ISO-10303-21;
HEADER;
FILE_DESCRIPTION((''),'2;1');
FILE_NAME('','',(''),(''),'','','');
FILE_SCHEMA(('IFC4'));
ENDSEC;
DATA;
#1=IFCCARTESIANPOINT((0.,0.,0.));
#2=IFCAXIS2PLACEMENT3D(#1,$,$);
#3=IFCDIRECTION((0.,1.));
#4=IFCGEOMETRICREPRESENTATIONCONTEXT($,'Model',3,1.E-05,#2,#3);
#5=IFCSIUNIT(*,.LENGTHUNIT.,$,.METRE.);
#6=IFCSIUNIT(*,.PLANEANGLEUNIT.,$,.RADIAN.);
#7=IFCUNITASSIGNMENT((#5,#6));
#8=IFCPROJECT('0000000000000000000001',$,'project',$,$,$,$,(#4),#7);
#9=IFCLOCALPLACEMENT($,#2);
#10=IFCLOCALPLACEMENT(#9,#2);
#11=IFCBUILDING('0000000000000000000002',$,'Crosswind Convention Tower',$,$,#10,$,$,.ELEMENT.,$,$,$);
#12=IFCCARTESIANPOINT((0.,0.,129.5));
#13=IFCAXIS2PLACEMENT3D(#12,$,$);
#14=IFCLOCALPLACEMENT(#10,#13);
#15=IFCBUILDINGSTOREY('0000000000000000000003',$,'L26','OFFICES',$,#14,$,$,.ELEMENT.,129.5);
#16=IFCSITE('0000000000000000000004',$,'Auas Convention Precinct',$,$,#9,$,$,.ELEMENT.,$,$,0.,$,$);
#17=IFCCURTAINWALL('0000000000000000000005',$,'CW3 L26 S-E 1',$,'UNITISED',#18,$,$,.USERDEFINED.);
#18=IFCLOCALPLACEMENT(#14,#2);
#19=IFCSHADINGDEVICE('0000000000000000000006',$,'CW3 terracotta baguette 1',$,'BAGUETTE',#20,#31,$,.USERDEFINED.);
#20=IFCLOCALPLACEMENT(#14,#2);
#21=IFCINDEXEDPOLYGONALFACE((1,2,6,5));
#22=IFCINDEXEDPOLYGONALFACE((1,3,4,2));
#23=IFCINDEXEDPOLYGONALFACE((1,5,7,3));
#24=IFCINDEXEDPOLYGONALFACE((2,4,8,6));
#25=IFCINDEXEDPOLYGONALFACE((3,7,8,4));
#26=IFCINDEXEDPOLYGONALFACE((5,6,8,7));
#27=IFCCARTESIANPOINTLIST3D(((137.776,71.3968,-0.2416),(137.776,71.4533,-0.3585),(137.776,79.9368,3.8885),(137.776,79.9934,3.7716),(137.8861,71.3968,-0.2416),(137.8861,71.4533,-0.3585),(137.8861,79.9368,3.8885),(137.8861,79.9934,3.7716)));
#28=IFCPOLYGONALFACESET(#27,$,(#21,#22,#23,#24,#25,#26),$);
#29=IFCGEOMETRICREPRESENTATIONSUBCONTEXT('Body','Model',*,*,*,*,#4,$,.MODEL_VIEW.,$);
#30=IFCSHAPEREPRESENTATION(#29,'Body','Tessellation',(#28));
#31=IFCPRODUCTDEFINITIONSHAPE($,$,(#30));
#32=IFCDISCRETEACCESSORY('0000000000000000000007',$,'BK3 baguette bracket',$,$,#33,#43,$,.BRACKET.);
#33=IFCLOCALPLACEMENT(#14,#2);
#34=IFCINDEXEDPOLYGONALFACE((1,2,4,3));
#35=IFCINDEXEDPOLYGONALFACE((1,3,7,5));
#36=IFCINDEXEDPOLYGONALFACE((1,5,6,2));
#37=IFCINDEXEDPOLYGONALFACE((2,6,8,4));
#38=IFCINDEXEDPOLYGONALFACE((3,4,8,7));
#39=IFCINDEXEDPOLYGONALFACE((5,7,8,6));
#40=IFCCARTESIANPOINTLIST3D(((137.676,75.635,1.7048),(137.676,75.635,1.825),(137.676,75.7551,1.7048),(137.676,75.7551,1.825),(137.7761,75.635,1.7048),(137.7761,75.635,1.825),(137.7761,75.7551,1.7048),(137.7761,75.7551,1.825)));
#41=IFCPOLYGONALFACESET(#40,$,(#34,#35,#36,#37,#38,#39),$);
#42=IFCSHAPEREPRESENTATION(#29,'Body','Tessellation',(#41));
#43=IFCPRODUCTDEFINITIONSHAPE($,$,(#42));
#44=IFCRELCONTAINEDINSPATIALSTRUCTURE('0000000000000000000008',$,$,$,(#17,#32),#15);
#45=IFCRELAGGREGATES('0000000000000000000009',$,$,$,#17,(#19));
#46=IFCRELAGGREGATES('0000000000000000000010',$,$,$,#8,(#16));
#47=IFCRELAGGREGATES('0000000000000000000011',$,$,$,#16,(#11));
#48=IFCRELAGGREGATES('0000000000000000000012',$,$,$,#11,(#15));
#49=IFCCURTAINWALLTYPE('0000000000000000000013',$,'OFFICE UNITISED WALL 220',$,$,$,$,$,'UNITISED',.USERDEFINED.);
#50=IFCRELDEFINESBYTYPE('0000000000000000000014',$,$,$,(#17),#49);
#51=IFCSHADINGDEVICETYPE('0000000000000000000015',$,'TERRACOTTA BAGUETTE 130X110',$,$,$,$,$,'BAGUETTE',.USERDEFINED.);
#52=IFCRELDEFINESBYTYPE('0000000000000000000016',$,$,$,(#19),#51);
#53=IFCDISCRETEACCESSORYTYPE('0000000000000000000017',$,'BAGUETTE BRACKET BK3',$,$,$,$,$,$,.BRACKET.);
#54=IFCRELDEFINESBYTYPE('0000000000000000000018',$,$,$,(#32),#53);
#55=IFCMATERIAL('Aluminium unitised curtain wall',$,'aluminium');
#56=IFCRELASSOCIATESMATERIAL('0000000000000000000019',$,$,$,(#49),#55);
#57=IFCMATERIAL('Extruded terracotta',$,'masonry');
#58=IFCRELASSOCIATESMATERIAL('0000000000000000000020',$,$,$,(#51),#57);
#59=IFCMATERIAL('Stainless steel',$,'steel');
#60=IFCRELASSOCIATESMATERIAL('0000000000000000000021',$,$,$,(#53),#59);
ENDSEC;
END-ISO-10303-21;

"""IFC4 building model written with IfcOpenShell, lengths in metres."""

from ifc_helpers import new_model, si_unit, direction, frame, origin, origin_2d, place, context, subcontext, project, spatial, rectangle, extrude, material, material_profile, profile_set, type_object, element, aggregate, save


model = new_model("IFC4")

# Units and contexts
model_context = context("Model", 3, precision=1e-05, world=origin(), true_north=direction((0.0, 1.0)))
body_context = subcontext(model_context, "Body", "Model", "MODEL_VIEW")
ifc_project = project(units=[si_unit("LENGTHUNIT", "METRE"), si_unit("PLANEANGLEUNIT", "RADIAN")], contexts=[model_context])

# Site, building, storey
site_placement = place(None, origin())
site = spatial("IfcSite", under=ifc_project, at=site_placement, Name="Auas Convention Precinct", CompositionType="ELEMENT", RefElevation=0.0)
building_placement = place(site_placement, origin())
building = spatial("IfcBuilding", under=site, at=building_placement, Name="Crosswind Convention Tower", CompositionType="ELEMENT")
storey_placement = place(building_placement, frame((0.0, 0.0, 129.5)))
storey = spatial("IfcBuildingStorey", under=building, at=storey_placement, Name="L26", Description="OFFICES", CompositionType="ELEMENT", Elevation=129.5)

# Shared definitions
ifc_material_1 = material(Name="Aluminium unitised curtain wall", Category="aluminium")

# Curtain wall
curtain_wall_type_1 = type_object("IfcCurtainWallType", Name="OFFICE UNITISED WALL 220", ElementType="UNITISED", PredefinedType="USERDEFINED", material=ifc_material_1)
curtain_wall_1_placement = place(storey_placement, origin())
curtain_wall_1 = element("IfcCurtainWall", 1, at=curtain_wall_1_placement, inside=storey, type_object=curtain_wall_type_1, Name="CW3 L26 S-E 1", ObjectType="UNITISED", PredefinedType="USERDEFINED")

# Shading device
ifc_material_2 = material(Name="Extruded terracotta", Category="masonry")
ifc_material_profile_1 = material_profile(ifc_material_2, rectangle(XDim=0.1101, YDim=0.1299, at=origin_2d()), Name="TC 110X130")
ifc_profile_set_1 = profile_set([ifc_material_profile_1], Name="Extruded terracotta")
shading_device_type = type_object("IfcShadingDeviceType", Name="TERRACOTTA BAGUETTE 130X110", ElementType="BAGUETTE", PredefinedType="USERDEFINED", material=ifc_profile_set_1)
shading_device_1_placement = place(storey_placement, frame((137.8311, 71.425, -0.3), z_axis=(0.0, 0.900248, 0.435377), x_axis=(-1.0, 0.0, 0.0)))
shading_device_1 = element("IfcShadingDevice", 2, at=shading_device_1_placement, type_object=shading_device_type, Name="CW3 terracotta baguette 1", ObjectType="BAGUETTE", PredefinedType="USERDEFINED", context=body_context, shape_type="SweptSolid", body=[
    extrude(rectangle(XDim=0.1101, YDim=0.1299, at=origin_2d()), origin(), (0.0, 0.0, 1.0), 9.4863),
])
aggregate(curtain_wall_1, [shading_device_1])

# Discrete accessory
ifc_material_3 = material(Name="Stainless steel", Category="steel")
discrete_accessory_type = type_object("IfcDiscreteAccessoryType", Name="BAGUETTE BRACKET BK3", PredefinedType="BRACKET", material=ifc_material_3)
discrete_accessory_placement = place(storey_placement, frame((137.7261, 75.6951, 1.7048), z_axis=(0.0, 0.0, 1.0), x_axis=(0.0, 1.0, 0.0)))
element("IfcDiscreteAccessory", 3, at=discrete_accessory_placement, inside=storey, type_object=discrete_accessory_type, Name="BK3 baguette bracket", PredefinedType="BRACKET", context=body_context, shape_type="SweptSolid", body=[
    extrude(rectangle(XDim=0.1201, YDim=0.1001, at=origin_2d()), origin(), (0.0, 0.0, 1.0), 0.1201),
])

save(model, "model.ifc")
